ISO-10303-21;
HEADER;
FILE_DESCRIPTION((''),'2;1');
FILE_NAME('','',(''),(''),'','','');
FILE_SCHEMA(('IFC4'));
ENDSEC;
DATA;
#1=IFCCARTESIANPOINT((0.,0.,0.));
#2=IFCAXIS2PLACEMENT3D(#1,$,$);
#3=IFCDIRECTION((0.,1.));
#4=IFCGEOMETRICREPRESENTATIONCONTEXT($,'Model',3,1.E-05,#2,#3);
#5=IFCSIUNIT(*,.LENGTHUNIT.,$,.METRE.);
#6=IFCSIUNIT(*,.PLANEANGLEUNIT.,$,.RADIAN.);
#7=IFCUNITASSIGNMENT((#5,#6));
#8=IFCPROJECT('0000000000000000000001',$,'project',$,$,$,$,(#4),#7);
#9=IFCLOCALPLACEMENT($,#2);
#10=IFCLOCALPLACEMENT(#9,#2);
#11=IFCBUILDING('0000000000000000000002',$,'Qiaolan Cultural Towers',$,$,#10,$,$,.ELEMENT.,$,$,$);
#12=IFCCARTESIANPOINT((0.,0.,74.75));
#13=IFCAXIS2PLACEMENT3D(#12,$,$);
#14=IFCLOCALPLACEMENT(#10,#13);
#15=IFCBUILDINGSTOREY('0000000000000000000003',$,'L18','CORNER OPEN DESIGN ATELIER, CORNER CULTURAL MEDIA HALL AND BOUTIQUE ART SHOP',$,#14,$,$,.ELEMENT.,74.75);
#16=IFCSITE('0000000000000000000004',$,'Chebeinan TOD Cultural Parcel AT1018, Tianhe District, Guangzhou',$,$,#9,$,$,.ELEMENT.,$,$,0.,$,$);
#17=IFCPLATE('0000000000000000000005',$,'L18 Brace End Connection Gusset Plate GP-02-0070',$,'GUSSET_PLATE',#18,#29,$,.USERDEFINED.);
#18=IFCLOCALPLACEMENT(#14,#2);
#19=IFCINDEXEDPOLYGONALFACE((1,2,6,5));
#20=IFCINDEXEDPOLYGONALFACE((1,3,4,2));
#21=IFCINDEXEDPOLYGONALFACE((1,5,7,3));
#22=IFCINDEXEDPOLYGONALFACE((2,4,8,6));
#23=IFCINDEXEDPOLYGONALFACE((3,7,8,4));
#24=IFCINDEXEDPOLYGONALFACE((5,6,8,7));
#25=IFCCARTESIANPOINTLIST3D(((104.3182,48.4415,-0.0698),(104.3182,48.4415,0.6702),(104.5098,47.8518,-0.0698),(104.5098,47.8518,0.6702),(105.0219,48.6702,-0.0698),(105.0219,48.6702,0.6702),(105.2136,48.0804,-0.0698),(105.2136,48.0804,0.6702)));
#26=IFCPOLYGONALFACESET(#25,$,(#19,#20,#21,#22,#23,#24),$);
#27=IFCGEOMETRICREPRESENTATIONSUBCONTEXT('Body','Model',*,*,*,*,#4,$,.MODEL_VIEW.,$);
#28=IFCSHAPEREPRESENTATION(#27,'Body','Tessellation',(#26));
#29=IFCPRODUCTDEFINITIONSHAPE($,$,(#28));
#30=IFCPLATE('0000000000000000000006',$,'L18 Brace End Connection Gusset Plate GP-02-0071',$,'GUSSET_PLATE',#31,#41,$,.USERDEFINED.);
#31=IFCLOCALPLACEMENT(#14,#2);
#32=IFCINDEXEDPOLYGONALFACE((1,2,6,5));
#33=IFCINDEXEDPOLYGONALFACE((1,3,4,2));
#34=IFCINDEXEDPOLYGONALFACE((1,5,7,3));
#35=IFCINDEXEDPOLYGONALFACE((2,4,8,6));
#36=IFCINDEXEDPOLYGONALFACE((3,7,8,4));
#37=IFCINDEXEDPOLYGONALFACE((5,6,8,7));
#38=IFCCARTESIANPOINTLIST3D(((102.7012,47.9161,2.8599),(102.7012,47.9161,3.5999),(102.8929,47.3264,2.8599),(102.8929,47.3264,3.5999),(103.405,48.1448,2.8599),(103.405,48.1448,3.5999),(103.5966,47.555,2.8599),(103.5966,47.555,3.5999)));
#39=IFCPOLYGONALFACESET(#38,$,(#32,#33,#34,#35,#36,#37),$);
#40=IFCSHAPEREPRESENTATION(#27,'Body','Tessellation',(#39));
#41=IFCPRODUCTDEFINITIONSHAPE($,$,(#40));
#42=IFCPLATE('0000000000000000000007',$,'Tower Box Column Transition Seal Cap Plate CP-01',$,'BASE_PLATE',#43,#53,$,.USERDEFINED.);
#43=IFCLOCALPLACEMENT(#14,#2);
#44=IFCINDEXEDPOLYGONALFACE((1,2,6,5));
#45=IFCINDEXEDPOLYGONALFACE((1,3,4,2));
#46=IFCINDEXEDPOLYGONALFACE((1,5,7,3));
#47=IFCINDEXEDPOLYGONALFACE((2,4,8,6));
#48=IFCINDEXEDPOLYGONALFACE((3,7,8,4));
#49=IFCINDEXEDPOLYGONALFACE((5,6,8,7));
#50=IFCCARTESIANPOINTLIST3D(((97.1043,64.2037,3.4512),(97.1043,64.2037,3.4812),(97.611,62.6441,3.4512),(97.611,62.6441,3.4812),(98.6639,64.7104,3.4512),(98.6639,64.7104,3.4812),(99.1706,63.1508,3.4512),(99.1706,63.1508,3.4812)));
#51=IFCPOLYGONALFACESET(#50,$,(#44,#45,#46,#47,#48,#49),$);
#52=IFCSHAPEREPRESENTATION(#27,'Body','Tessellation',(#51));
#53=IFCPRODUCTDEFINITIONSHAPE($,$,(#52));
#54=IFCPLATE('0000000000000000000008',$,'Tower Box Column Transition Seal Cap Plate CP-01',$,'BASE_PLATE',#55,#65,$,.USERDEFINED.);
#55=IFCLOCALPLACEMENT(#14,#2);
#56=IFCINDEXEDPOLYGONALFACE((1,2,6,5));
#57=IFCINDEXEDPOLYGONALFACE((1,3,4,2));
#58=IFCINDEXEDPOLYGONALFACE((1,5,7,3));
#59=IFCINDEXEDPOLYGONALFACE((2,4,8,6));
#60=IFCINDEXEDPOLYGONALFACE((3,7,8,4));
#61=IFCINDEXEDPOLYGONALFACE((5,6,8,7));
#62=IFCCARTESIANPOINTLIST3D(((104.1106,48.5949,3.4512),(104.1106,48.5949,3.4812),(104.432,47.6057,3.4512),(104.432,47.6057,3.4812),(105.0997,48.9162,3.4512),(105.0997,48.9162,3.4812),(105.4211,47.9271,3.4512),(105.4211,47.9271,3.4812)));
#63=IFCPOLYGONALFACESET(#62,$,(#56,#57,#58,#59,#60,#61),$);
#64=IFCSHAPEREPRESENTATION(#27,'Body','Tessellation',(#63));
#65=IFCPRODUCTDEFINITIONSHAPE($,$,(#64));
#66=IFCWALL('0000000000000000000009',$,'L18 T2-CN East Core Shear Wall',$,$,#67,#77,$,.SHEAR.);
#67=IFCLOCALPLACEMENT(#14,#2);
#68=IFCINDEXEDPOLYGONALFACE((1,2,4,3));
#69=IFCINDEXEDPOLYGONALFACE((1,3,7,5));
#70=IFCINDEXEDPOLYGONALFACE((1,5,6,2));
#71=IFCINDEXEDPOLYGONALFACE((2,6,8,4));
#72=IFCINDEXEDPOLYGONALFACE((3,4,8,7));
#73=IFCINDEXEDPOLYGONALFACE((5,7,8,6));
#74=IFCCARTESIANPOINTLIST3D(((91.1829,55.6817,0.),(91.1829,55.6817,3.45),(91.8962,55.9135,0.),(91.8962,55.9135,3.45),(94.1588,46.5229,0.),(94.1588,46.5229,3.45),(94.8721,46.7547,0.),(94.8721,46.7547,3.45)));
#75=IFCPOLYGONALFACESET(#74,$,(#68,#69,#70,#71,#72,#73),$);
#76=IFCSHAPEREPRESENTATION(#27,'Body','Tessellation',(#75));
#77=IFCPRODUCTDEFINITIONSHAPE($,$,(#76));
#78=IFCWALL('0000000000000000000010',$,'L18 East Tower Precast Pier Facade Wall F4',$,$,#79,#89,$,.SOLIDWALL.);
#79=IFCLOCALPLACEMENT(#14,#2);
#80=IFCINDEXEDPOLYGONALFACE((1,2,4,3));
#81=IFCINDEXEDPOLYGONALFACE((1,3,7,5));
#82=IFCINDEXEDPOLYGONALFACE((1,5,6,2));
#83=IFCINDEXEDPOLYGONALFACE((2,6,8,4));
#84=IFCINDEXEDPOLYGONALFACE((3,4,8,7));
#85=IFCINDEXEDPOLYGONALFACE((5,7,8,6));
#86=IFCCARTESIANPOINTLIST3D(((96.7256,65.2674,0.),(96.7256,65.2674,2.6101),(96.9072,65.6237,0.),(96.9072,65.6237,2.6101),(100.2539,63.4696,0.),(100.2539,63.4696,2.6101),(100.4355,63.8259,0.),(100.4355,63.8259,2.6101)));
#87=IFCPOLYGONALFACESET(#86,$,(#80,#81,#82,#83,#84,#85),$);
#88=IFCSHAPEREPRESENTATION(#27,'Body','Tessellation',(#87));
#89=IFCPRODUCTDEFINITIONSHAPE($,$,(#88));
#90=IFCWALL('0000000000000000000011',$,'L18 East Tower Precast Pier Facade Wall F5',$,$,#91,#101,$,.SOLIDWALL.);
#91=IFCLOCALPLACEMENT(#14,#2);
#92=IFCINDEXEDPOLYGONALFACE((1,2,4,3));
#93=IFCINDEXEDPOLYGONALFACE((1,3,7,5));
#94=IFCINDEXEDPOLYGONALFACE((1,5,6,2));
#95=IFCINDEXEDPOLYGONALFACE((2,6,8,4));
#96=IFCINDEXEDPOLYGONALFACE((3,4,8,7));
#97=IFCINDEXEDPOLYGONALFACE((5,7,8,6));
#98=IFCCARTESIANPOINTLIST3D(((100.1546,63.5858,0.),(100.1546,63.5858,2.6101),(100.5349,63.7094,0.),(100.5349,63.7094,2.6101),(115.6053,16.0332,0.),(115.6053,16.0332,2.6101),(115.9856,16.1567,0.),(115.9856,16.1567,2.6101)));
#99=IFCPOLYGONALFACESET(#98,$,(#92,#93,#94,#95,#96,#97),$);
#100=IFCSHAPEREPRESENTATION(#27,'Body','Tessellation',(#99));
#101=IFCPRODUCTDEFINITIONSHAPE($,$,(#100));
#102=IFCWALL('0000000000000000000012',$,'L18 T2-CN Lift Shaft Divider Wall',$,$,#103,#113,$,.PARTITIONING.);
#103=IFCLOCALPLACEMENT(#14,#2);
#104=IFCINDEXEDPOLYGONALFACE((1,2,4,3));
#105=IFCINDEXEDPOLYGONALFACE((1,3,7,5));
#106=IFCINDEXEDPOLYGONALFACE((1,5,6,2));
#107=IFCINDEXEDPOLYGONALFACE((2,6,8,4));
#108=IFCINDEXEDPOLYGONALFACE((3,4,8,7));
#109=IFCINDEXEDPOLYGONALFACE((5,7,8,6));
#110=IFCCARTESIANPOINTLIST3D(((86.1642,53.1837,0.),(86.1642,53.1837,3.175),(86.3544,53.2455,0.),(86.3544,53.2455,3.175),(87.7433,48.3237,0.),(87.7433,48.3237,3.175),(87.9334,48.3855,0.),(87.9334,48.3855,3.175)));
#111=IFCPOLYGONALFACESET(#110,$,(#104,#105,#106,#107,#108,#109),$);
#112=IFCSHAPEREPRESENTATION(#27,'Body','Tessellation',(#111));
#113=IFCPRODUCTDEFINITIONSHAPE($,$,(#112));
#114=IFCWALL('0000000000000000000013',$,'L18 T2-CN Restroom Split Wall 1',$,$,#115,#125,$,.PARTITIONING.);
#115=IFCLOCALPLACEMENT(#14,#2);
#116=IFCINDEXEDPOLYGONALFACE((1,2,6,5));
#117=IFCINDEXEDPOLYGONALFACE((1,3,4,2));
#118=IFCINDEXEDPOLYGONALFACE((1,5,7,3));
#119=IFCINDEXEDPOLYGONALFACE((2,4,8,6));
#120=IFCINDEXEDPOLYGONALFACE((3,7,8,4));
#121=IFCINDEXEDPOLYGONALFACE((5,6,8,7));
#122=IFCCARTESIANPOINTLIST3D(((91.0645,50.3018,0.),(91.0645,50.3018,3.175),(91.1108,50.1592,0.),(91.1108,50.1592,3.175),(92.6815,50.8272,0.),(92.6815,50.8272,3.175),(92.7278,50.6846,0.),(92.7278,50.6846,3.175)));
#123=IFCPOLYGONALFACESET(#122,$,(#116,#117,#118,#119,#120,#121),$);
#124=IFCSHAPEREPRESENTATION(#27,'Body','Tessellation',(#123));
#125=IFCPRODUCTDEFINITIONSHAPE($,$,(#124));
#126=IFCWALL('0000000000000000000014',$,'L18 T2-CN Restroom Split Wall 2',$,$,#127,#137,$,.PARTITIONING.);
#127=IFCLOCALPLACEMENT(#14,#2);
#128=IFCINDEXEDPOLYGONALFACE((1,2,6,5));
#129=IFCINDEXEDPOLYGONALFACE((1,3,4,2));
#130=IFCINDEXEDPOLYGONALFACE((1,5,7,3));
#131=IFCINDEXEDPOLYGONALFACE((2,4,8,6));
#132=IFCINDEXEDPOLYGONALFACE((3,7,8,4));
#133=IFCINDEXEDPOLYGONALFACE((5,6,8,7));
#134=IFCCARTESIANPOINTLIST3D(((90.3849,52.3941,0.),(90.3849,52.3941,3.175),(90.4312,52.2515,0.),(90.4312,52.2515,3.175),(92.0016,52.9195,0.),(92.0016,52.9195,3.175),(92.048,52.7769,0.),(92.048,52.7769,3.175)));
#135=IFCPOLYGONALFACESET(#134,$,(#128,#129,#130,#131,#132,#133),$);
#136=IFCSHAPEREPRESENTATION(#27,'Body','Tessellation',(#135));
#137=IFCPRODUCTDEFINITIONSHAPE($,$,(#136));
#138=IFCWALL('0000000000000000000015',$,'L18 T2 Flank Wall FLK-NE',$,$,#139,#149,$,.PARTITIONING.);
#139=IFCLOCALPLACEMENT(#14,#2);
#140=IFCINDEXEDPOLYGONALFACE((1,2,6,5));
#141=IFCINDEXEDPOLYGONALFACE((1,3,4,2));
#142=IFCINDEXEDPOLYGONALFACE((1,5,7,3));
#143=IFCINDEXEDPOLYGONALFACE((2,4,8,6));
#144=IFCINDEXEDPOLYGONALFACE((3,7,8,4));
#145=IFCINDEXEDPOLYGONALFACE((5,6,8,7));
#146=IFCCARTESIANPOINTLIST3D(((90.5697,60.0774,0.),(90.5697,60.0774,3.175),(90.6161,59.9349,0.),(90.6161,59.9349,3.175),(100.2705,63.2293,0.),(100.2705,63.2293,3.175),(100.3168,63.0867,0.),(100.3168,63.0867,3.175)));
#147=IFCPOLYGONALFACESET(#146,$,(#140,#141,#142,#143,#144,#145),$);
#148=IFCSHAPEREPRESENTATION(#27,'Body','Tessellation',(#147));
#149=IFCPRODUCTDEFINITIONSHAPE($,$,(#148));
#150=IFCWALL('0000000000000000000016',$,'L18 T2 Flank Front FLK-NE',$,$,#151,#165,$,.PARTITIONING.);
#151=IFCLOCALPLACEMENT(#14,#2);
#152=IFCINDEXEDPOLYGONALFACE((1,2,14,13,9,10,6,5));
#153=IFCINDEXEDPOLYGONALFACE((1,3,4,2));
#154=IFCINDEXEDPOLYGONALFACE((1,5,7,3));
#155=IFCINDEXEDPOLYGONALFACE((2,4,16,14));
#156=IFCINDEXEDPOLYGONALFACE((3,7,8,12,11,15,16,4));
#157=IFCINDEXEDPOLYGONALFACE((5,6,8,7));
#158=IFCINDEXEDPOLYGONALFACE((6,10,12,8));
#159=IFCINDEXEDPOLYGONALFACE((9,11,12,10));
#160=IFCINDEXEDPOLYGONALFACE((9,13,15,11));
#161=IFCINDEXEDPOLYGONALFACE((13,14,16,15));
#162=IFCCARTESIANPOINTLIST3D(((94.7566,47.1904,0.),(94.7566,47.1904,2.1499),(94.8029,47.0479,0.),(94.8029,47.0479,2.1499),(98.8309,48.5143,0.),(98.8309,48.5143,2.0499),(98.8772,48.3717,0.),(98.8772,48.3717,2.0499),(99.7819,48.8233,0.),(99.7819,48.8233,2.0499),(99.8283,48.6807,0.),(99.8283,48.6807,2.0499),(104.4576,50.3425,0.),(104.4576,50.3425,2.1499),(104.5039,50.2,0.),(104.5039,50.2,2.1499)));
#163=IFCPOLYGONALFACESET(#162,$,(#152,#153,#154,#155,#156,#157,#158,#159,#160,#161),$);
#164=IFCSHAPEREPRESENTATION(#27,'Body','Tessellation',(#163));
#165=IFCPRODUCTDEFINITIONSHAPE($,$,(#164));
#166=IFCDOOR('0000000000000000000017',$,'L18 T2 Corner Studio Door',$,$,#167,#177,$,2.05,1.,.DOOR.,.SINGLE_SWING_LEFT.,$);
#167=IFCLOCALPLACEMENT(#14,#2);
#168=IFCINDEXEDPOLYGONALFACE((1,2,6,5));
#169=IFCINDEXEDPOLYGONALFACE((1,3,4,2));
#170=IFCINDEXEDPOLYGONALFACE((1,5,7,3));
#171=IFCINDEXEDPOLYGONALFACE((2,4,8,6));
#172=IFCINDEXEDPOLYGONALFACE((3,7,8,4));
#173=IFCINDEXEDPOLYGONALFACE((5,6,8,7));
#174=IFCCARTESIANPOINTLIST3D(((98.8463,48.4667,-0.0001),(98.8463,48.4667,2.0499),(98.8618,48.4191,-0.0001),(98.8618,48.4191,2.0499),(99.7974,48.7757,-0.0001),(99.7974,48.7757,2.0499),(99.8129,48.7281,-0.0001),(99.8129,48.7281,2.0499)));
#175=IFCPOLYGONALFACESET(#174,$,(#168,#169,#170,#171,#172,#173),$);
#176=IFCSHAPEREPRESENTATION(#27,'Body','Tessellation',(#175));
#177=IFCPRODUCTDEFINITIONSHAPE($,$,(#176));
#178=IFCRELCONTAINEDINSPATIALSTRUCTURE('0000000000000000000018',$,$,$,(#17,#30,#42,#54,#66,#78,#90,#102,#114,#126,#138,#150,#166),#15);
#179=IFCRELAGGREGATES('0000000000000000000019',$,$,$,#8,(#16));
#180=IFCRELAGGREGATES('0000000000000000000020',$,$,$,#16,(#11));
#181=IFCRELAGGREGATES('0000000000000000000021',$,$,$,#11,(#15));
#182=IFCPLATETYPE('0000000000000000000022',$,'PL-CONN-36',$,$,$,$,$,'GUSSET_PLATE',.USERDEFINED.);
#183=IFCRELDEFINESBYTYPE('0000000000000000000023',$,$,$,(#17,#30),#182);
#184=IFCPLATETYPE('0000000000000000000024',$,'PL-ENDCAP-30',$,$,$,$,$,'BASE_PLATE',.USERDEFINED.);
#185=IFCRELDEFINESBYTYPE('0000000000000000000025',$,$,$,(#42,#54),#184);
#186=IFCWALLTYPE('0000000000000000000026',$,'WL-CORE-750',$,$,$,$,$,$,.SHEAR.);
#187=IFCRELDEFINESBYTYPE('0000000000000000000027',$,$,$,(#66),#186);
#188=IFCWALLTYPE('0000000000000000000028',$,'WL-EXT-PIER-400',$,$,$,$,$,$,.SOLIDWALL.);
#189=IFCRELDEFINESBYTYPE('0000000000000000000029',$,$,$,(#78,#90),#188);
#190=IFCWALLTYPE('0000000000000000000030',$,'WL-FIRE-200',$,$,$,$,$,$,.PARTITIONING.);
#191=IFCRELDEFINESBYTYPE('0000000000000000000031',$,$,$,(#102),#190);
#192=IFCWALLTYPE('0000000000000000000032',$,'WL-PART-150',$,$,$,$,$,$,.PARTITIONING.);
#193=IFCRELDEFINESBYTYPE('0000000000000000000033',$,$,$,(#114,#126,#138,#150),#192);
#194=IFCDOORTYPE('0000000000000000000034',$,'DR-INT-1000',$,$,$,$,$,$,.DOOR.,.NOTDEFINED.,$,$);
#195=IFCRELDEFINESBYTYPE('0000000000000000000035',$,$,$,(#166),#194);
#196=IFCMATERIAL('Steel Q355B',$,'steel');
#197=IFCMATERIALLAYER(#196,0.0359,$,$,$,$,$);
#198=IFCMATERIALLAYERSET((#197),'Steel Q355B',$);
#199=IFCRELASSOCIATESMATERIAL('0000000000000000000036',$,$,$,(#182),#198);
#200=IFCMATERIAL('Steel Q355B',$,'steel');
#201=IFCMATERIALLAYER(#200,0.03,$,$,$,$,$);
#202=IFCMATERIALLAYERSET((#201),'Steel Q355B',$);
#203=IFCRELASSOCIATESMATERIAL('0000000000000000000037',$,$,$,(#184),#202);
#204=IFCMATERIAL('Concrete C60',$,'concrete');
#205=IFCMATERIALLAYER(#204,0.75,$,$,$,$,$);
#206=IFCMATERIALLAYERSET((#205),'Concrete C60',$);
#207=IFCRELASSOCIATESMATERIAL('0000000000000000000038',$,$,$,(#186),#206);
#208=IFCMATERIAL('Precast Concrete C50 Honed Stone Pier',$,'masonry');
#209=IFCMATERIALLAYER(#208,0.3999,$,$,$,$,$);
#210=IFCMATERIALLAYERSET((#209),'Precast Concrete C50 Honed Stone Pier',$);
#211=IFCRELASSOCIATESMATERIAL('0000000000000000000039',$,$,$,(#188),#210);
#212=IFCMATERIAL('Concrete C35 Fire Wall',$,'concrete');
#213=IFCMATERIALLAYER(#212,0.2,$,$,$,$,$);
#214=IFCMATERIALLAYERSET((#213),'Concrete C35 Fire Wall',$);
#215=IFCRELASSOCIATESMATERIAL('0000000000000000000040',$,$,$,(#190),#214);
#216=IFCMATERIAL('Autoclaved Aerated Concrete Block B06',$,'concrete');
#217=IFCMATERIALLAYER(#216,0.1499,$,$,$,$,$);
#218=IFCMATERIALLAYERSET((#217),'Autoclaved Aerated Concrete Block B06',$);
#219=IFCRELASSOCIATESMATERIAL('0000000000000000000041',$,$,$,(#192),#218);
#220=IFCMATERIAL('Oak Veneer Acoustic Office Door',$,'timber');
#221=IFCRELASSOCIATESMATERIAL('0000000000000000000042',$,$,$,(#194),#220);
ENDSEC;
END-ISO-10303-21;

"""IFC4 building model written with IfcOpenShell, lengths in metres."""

from ifc_helpers import new_model, si_unit, direction, frame, frame_2d, origin, origin_2d, place, context, subcontext, project, spatial, rectangle, extrude, material, layer, layer_set, type_object, element, fill, save


model = new_model("IFC4")

# Units and contexts
model_context = context("Model", 3, precision=1e-05, world=origin(), true_north=direction((0.0, 1.0)))
body_context = subcontext(model_context, "Body", "Model", "MODEL_VIEW")
ifc_project = project(units=[si_unit("LENGTHUNIT", "METRE"), si_unit("PLANEANGLEUNIT", "RADIAN")], contexts=[model_context])

# Site, building, storey
site_placement = place(None, origin())
site = spatial("IfcSite", under=ifc_project, at=site_placement, Name="Chebeinan TOD Cultural Parcel AT1018, Tianhe District, Guangzhou", CompositionType="ELEMENT", RefElevation=0.0)
building_placement = place(site_placement, origin())
building = spatial("IfcBuilding", under=site, at=building_placement, Name="Qiaolan Cultural Towers", CompositionType="ELEMENT")
storey_placement = place(building_placement, frame((0.0, 0.0, 74.75)))
storey = spatial("IfcBuildingStorey", under=building, at=storey_placement, Name="L18", Description="CORNER OPEN DESIGN ATELIER, CORNER CULTURAL MEDIA HALL AND BOUTIQUE ART SHOP", CompositionType="ELEMENT", Elevation=74.75)

# Plates
ifc_material_1 = material(Name="Steel Q355B", Category="steel")
ifc_layer_1 = layer(ifc_material_1, 0.0359)
ifc_layer_set_1 = layer_set([ifc_layer_1], Name="Steel Q355B")
plate_type_1 = type_object("IfcPlateType", Name="PL-CONN-36", ElementType="GUSSET_PLATE", PredefinedType="USERDEFINED", material=ifc_layer_set_1)
for number, where, z_axis, x_axis, name in (
    (1, (104.7659, 48.261, -0.0698), (0.0, 0.0, 1.0), (0.951056, 0.309017, 0.0), "L18 Brace End Connection Gusset Plate GP-02-0070"),
    (2, (103.1489, 47.7356, 2.8599), (0.0, 0.0, 1.0), (0.951056, 0.309017, 0.0), "L18 Brace End Connection Gusset Plate GP-02-0071"),
):
    element("IfcPlate", number, at=place(storey_placement, frame(where, z_axis=z_axis, x_axis=x_axis)), inside=storey, type_object=plate_type_1, Name=name, ObjectType="GUSSET_PLATE", PredefinedType="USERDEFINED", context=body_context, shape_type="SweptSolid", body=[
        extrude(rectangle(XDim=0.74, YDim=0.6201, at=origin_2d()), origin(), (0.0, 0.0, 1.0), 0.74),
    ])
ifc_material_2 = material(Name="Steel Q355B", Category="steel")
ifc_layer_2 = layer(ifc_material_2, 0.03)
ifc_layer_set_2 = layer_set([ifc_layer_2], Name="Steel Q355B")
plate_type_2 = type_object("IfcPlateType", Name="PL-ENDCAP-30", ElementType="BASE_PLATE", PredefinedType="USERDEFINED", material=ifc_layer_set_2)
plate_1_placement = place(storey_placement, frame((98.1375, 63.6772, 3.4512), z_axis=(0.0, 0.0, 1.0), x_axis=(0.951057, 0.309017, 0.0)))
element("IfcPlate", 3, at=plate_1_placement, inside=storey, type_object=plate_type_2, Name="Tower Box Column Transition Seal Cap Plate CP-01", ObjectType="BASE_PLATE", PredefinedType="USERDEFINED", context=body_context, shape_type="SweptSolid", body=[
    extrude(rectangle(XDim=1.6399, YDim=1.6399, at=origin_2d()), origin(), (0.0, 0.0, 1.0), 0.03),
])
plate_2_placement = place(storey_placement, frame((104.7659, 48.261, 3.4512), z_axis=(0.0, 0.0, 1.0), x_axis=(0.951057, 0.309017, 0.0)))
element("IfcPlate", 4, at=plate_2_placement, inside=storey, type_object=plate_type_2, Name="Tower Box Column Transition Seal Cap Plate CP-01", ObjectType="BASE_PLATE", PredefinedType="USERDEFINED", context=body_context, shape_type="SweptSolid", body=[
    extrude(rectangle(XDim=1.04, YDim=1.04, at=origin_2d()), origin(), (0.0, 0.0, 1.0), 0.03),
])

# Walls
ifc_material_3 = material(Name="Concrete C60", Category="concrete")
ifc_layer_3 = layer(ifc_material_3, 0.75)
ifc_layer_set_3 = layer_set([ifc_layer_3], Name="Concrete C60")
wall_type_1 = type_object("IfcWallType", Name="WL-CORE-750", PredefinedType="SHEAR", material=ifc_layer_set_3)
wall_1_placement = place(storey_placement, frame((94.5154, 46.6389, 0.0), z_axis=(0.0, 0.0, 1.0), x_axis=(-0.309016, 0.951057, 0.0)))
element("IfcWall", 5, at=wall_1_placement, inside=storey, type_object=wall_type_1, Name="L18 T2-CN East Core Shear Wall", PredefinedType="SHEAR", context=body_context, shape_type="SweptSolid", body=[
    extrude(rectangle(XDim=9.6301, YDim=0.75, at=frame_2d((4.8149, 0.0))), origin(), (0.0, 0.0, 1.0), 3.45),
])
ifc_material_4 = material(Name="Precast Concrete C50 Honed Stone Pier", Category="masonry")
ifc_layer_4 = layer(ifc_material_4, 0.3999)
ifc_layer_set_4 = layer_set([ifc_layer_4], Name="Precast Concrete C50 Honed Stone Pier")
wall_type_2 = type_object("IfcWallType", Name="WL-EXT-PIER-400", PredefinedType="SOLIDWALL", material=ifc_layer_set_4)
wall_2_placement = place(storey_placement, frame((96.8164, 65.4456, 0.0), z_axis=(0.0, 0.0, 1.0), x_axis=(0.890998, -0.454007, 0.0)))
element("IfcWall", 6, at=wall_2_placement, inside=storey, type_object=wall_type_2, Name="L18 East Tower Precast Pier Facade Wall F4", PredefinedType="SOLIDWALL", context=body_context, shape_type="SweptSolid", body=[
    extrude(rectangle(XDim=3.96, YDim=0.3999, at=frame_2d((1.98, 0.0))), origin(), (0.0, 0.0, 1.0), 2.6101),
])
wall_3_placement = place(storey_placement, frame((100.3447, 63.6477, 0.0), z_axis=(0.0, 0.0, 1.0), x_axis=(0.309015, -0.951057, 0.0)))
element("IfcWall", 7, at=wall_3_placement, inside=storey, type_object=wall_type_2, Name="L18 East Tower Precast Pier Facade Wall F5", PredefinedType="SOLIDWALL", context=body_context, shape_type="SweptSolid", body=[
    extrude(rectangle(XDim=49.9998, YDim=0.3999, at=frame_2d((25.0, 0.0))), origin(), (0.0, 0.0, 1.0), 2.6101),
])
ifc_material_5 = material(Name="Concrete C35 Fire Wall", Category="concrete")
ifc_layer_5 = layer(ifc_material_5, 0.2)
ifc_layer_set_5 = layer_set([ifc_layer_5], Name="Concrete C35 Fire Wall")
wall_type_3 = type_object("IfcWallType", Name="WL-FIRE-200", PredefinedType="PARTITIONING", material=ifc_layer_set_5)
wall_4_placement = place(storey_placement, frame((87.8384, 48.3545, 0.0), z_axis=(0.0, 0.0, 1.0), x_axis=(-0.309009, 0.951059, 0.0)))
element("IfcWall", 8, at=wall_4_placement, inside=storey, type_object=wall_type_3, Name="L18 T2-CN Lift Shaft Divider Wall", PredefinedType="PARTITIONING", context=body_context, shape_type="SweptSolid", body=[
    extrude(rectangle(XDim=5.1101, YDim=0.2, at=frame_2d((2.5552, 0.0))), origin(), (0.0, 0.0, 1.0), 3.175),
])
ifc_material_6 = material(Name="Autoclaved Aerated Concrete Block B06", Category="concrete")
ifc_layer_6 = layer(ifc_material_6, 0.1499)
ifc_layer_set_6 = layer_set([ifc_layer_6], Name="Autoclaved Aerated Concrete Block B06")
wall_type_4 = type_object("IfcWallType", Name="WL-PART-150", PredefinedType="PARTITIONING", material=ifc_layer_set_6)
wall_5_placement = place(storey_placement, frame((91.0876, 50.2305, 0.0), z_axis=(0.0, 0.0, 1.0), x_axis=(0.951054, 0.309024, 0.0)))
element("IfcWall", 9, at=wall_5_placement, inside=storey, type_object=wall_type_4, Name="L18 T2-CN Restroom Split Wall 1", PredefinedType="PARTITIONING", context=body_context, shape_type="SweptSolid", body=[
    extrude(rectangle(XDim=1.7002, YDim=0.1499, at=frame_2d((0.8501, 0.0))), origin(), (0.0, 0.0, 1.0), 3.175),
])
wall_6_placement = place(storey_placement, frame((90.408, 52.3228, 0.0), z_axis=(0.0, 0.0, 1.0), x_axis=(0.95104, 0.309067, 0.0)))
element("IfcWall", 10, at=wall_6_placement, inside=storey, type_object=wall_type_4, Name="L18 T2-CN Restroom Split Wall 2", PredefinedType="PARTITIONING", context=body_context, shape_type="SweptSolid", body=[
    extrude(rectangle(XDim=1.7, YDim=0.1499, at=frame_2d((0.8501, 0.0))), origin(), (0.0, 0.0, 1.0), 3.175),
])
wall_7_placement = place(storey_placement, frame((90.5928, 60.0061, 0.0), z_axis=(0.0, 0.0, 1.0), x_axis=(0.951059, 0.309009, 0.0)))
element("IfcWall", 11, at=wall_7_placement, inside=storey, type_object=wall_type_4, Name="L18 T2 Flank Wall FLK-NE", PredefinedType="PARTITIONING", context=body_context, shape_type="SweptSolid", body=[
    extrude(rectangle(XDim=10.2, YDim=0.1499, at=frame_2d((5.1001, 0.0))), origin(), (0.0, 0.0, 1.0), 3.175),
])

# Wall, opening, door
wall_8_placement = place(storey_placement, frame((94.7798, 47.1191, 0.0), z_axis=(0.0, 0.0, 1.0), x_axis=(0.951054, 0.309024, 0.0)))
wall_8 = element("IfcWall", 12, at=wall_8_placement, inside=storey, type_object=wall_type_4, Name="L18 T2 Flank Front FLK-NE", PredefinedType="PARTITIONING", context=body_context, shape_type="SweptSolid", body=[
    extrude(rectangle(XDim=10.2002, YDim=0.1499, at=frame_2d((5.1001, 0.0))), origin(), (0.0, 0.0, 1.0), 2.1499),
])
opening_placement = place(wall_8_placement, frame((4.2839, 0.0, 0.0)))
opening = element("IfcOpeningElement", 13, at=opening_placement, cuts=wall_8, PredefinedType="OPENING", context=body_context, shape_type="SweptSolid", body=[
    extrude(rectangle(XDim=1.0, YDim=2.05, at=frame_2d((0.5, 1.0249))), frame((0.0, 0.085, 0.0), z_axis=(0.0, -1.0, 0.0), x_axis=(1.0, 0.0, 0.0)), (0.0, 0.0, 1.0), 0.1699),
])
ifc_material_7 = material(Name="Oak Veneer Acoustic Office Door", Category="timber")
door_type = type_object("IfcDoorType", Name="DR-INT-1000", OperationType="NOTDEFINED", PredefinedType="DOOR", material=ifc_material_7)
door_placement = place(opening_placement, origin())
door = element("IfcDoor", 14, at=door_placement, inside=storey, type_object=door_type, Name="L18 T2 Corner Studio Door", OperationType="SINGLE_SWING_LEFT", OverallHeight=2.05, OverallWidth=1.0, PredefinedType="DOOR", context=body_context, shape_type="SweptSolid", body=[
    extrude(rectangle(XDim=1.0, YDim=2.05, at=frame_2d((0.5, 1.0249))), frame((0.0, 0.0249, 0.0), z_axis=(0.0, -1.0, 0.0), x_axis=(1.0, 0.0, 0.0)), (0.0, 0.0, 1.0), 0.05),
])
fill(opening, door)

save(model, "model.ifc")
